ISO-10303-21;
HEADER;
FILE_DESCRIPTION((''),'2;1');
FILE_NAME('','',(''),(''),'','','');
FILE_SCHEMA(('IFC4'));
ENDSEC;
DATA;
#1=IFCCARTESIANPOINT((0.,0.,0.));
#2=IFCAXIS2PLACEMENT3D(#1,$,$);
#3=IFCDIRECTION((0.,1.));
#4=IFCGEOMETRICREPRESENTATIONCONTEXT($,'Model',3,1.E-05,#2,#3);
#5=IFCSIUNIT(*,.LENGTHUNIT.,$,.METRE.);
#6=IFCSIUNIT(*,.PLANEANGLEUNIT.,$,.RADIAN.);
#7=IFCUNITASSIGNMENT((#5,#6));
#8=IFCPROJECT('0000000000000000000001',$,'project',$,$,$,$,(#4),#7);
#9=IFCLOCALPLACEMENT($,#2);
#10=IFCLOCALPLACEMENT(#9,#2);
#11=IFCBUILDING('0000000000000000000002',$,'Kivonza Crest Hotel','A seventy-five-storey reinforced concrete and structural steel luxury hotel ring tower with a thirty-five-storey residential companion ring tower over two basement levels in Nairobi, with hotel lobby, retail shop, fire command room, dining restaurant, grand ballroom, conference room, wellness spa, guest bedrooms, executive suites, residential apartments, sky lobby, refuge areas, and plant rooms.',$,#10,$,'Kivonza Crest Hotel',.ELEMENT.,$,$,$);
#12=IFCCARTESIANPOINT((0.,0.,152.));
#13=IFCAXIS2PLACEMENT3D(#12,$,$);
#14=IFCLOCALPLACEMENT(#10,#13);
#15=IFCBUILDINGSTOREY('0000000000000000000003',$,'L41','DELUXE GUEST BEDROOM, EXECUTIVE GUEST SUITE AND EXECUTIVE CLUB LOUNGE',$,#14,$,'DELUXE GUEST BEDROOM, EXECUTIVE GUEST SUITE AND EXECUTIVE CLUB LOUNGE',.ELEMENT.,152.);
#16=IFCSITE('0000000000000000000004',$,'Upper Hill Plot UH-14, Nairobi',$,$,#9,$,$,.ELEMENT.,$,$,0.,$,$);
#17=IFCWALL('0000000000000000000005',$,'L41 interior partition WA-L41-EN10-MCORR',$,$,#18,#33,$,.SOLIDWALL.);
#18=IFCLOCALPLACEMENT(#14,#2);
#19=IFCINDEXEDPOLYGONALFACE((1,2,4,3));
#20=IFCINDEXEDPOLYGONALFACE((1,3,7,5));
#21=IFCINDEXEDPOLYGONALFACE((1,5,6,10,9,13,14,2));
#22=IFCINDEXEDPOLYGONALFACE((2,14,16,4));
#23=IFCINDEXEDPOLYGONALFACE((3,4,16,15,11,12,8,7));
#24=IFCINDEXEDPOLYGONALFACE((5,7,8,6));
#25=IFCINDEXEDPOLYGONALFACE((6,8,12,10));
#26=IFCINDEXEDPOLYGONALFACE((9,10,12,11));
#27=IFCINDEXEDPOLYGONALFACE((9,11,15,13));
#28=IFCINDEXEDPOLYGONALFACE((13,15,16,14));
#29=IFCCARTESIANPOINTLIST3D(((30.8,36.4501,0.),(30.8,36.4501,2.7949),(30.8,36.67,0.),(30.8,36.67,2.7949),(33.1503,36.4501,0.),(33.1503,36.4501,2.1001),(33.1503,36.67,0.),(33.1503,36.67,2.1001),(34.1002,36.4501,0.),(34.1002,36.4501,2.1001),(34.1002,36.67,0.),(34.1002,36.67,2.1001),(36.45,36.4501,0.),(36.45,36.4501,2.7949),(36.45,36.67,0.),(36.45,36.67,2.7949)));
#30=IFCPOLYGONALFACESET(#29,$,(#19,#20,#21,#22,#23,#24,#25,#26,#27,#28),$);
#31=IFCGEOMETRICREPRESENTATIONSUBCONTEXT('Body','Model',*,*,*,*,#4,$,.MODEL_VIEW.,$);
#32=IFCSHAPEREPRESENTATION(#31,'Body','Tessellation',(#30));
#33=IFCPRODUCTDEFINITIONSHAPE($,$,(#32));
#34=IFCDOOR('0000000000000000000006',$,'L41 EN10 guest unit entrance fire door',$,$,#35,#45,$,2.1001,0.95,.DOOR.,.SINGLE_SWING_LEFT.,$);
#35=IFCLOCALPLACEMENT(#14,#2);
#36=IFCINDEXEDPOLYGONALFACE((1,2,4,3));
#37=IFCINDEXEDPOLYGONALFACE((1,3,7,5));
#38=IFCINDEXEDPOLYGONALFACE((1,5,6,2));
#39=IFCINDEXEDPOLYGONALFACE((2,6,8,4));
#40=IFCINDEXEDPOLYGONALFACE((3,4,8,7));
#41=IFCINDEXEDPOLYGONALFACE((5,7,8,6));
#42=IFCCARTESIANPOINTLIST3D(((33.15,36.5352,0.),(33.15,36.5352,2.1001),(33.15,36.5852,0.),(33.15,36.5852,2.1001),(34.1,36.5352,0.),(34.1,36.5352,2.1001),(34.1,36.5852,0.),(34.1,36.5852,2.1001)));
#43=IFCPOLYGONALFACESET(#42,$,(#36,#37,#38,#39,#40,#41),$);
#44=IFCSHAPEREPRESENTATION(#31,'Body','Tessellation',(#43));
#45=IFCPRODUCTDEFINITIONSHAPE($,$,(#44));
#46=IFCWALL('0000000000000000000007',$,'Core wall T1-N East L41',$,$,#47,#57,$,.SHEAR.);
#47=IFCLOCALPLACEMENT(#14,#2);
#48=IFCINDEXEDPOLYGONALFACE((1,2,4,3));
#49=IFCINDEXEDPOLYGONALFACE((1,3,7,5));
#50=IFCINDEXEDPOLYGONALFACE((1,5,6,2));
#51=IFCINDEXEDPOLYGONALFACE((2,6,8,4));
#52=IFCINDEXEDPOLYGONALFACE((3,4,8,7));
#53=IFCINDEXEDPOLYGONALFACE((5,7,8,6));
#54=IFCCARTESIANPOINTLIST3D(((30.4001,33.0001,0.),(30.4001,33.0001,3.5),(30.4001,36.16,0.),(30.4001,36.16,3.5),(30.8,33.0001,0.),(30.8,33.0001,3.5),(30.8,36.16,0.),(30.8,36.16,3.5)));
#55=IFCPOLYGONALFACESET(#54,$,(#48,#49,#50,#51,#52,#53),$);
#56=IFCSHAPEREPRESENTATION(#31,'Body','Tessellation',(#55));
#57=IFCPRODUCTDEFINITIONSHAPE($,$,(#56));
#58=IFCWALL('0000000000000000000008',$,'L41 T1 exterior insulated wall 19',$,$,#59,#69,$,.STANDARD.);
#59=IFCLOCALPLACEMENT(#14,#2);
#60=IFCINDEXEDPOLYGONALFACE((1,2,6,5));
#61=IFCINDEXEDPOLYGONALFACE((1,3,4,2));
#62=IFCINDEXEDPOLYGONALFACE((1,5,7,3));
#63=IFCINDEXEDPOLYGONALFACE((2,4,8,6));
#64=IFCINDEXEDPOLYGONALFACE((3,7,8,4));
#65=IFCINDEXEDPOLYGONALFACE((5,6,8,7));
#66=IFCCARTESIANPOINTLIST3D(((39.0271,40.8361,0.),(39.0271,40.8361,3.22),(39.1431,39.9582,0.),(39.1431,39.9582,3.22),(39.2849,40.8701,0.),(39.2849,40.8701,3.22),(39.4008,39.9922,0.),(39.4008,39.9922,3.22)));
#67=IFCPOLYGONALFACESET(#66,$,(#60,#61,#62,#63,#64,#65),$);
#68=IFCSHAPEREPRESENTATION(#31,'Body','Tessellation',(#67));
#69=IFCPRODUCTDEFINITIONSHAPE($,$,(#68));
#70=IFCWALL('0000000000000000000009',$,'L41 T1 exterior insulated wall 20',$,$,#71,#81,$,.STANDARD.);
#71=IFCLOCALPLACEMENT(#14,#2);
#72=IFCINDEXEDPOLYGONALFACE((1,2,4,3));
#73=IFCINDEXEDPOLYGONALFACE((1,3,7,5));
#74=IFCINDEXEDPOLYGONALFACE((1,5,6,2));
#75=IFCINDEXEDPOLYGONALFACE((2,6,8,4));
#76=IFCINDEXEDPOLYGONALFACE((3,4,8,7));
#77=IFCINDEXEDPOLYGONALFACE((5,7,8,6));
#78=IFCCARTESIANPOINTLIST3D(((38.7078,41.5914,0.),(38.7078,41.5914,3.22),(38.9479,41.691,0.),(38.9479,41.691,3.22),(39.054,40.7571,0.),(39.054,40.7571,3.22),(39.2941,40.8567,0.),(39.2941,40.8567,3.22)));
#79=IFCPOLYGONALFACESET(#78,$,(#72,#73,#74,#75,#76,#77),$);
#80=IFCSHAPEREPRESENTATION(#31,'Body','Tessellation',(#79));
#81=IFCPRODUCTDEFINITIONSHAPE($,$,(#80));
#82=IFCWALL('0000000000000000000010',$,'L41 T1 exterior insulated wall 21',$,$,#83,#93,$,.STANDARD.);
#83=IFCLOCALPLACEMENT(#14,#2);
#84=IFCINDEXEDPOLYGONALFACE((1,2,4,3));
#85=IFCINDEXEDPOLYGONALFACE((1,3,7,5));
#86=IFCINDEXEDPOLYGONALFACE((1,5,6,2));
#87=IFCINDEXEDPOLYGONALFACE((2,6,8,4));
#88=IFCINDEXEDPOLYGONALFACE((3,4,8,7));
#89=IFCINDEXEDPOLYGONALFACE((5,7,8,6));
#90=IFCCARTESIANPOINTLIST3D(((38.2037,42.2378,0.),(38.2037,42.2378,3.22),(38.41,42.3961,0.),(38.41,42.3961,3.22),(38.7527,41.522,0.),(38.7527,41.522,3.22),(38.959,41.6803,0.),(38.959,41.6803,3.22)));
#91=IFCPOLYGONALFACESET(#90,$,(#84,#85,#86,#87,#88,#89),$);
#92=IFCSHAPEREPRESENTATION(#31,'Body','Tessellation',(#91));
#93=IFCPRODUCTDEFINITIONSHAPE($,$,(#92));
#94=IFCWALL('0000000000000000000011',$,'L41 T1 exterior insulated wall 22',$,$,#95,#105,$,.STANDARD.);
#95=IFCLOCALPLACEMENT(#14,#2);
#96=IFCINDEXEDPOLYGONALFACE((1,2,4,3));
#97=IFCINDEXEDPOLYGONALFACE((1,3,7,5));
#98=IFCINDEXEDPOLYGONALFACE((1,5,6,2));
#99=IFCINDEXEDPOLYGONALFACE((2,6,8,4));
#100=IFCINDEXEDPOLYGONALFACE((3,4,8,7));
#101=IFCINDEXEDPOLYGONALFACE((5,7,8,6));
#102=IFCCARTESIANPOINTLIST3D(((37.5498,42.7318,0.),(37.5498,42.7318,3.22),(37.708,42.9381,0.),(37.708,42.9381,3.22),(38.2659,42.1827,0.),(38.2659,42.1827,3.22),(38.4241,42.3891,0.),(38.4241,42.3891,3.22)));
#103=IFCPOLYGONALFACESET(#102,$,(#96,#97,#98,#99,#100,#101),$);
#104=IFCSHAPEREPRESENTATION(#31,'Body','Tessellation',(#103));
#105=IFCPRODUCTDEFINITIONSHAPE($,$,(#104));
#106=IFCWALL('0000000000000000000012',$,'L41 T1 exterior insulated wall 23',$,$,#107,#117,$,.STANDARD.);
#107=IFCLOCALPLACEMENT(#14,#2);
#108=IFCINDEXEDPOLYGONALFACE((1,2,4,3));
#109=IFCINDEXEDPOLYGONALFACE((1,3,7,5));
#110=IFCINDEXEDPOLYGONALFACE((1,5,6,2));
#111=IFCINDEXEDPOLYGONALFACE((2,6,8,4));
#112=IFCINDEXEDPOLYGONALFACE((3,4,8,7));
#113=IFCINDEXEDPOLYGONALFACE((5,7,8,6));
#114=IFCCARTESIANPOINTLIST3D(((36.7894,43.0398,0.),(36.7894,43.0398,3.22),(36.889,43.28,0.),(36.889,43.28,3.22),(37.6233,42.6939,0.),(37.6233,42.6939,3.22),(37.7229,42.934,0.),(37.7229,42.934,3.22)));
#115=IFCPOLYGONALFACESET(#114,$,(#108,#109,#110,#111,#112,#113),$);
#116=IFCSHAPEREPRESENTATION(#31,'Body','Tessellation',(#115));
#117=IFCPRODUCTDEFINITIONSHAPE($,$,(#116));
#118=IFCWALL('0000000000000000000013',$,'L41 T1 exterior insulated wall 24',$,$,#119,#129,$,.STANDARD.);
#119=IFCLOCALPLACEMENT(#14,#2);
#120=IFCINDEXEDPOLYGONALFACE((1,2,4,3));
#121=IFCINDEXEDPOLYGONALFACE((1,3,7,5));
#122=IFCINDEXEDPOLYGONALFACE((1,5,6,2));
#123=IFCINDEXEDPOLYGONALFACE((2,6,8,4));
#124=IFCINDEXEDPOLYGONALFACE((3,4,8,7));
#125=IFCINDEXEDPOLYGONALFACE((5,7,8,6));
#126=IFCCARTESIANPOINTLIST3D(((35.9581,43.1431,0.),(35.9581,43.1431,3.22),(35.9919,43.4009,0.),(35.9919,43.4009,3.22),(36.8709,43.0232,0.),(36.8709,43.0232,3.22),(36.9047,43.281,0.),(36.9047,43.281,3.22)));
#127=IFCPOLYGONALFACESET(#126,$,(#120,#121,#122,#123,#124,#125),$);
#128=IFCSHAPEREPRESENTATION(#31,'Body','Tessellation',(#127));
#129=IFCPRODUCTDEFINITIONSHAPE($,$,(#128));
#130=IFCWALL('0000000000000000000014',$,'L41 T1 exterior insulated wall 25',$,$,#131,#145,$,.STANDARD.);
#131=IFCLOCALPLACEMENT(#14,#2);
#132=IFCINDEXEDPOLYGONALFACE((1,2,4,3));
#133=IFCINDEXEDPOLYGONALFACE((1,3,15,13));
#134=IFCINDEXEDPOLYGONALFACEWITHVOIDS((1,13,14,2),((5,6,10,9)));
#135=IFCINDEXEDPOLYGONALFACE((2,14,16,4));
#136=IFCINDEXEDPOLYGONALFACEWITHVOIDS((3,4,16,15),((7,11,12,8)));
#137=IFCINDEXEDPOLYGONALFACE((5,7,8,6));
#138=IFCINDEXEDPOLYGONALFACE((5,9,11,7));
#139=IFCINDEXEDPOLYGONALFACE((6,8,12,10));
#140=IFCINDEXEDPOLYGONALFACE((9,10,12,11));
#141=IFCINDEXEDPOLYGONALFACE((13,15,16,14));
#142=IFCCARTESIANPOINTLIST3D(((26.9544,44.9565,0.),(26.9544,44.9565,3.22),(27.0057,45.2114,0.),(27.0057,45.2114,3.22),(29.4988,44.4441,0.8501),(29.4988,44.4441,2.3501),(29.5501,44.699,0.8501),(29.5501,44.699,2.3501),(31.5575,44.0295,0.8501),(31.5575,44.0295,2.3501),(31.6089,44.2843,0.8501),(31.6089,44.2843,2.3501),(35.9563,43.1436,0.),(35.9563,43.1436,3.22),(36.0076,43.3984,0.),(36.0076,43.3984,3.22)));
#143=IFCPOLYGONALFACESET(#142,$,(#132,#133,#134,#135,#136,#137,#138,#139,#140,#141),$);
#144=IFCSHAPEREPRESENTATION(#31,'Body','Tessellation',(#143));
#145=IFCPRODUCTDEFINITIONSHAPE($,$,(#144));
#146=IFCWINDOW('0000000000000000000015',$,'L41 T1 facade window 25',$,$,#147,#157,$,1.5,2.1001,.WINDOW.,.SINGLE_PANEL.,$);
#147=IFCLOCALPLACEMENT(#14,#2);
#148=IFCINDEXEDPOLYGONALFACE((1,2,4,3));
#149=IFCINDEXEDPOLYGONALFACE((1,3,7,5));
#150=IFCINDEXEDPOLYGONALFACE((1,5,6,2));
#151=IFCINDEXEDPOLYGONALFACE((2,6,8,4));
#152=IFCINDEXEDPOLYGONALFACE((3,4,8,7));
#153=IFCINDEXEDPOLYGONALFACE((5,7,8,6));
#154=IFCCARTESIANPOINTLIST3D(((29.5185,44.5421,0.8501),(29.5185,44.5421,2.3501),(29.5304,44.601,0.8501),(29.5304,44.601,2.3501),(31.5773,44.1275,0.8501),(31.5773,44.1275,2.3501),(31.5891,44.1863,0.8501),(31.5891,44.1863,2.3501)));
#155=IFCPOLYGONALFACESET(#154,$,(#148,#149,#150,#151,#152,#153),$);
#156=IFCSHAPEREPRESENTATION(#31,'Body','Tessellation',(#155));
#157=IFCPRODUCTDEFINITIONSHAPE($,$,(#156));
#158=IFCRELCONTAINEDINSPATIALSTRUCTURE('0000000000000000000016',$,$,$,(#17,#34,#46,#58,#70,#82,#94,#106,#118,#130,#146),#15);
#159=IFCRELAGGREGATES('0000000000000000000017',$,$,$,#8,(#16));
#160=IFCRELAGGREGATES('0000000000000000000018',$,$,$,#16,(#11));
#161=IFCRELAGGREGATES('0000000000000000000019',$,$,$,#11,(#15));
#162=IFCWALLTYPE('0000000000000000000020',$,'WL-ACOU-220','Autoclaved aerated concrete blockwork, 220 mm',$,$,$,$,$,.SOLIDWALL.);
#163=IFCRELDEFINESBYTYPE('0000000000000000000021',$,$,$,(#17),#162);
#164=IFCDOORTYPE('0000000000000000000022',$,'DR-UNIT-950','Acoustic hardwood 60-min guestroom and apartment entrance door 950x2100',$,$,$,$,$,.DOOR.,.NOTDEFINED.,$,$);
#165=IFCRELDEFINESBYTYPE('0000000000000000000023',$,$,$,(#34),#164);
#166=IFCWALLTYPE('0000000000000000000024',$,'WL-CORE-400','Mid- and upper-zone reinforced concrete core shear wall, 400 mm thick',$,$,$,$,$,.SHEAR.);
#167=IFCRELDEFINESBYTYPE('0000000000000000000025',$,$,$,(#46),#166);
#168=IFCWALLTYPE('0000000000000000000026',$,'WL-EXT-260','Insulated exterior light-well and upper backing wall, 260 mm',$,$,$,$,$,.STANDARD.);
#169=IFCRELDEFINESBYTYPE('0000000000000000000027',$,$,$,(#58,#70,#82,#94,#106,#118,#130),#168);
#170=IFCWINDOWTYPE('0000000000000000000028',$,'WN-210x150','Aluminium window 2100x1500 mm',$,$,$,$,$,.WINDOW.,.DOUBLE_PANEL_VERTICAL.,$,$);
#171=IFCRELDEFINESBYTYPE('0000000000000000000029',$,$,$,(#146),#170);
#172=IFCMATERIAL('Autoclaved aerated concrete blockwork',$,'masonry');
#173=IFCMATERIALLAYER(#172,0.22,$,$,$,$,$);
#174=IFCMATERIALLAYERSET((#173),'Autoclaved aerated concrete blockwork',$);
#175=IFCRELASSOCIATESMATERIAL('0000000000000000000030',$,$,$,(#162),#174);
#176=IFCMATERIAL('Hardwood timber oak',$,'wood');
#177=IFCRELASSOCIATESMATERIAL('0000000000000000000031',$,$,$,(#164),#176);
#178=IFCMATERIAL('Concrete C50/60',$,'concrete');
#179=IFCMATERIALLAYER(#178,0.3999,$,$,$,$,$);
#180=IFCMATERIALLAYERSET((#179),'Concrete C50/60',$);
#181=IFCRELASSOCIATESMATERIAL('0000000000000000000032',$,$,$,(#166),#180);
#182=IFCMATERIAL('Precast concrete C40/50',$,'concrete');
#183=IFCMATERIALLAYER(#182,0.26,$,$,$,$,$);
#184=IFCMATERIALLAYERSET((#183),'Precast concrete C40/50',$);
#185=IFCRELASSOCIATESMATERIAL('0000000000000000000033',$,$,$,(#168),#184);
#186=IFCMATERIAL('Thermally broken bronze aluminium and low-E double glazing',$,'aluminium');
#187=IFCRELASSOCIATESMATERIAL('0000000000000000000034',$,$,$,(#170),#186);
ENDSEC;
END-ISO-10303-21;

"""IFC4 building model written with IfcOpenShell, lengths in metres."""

from ifc_helpers import new_model, si_unit, direction, frame, frame_2d, origin, place, context, subcontext, project, spatial, rectangle, extrude, material, layer, layer_set, type_object, element, fill, save


model = new_model("IFC4")

# Units and contexts
model_context = context("Model", 3, precision=1e-05, world=origin(), true_north=direction((0.0, 1.0)))
body_context = subcontext(model_context, "Body", "Model", "MODEL_VIEW")
ifc_project = project(units=[si_unit("LENGTHUNIT", "METRE"), si_unit("PLANEANGLEUNIT", "RADIAN")], contexts=[model_context])

# Site, building, storey
site_placement = place(None, origin())
site = spatial("IfcSite", under=ifc_project, at=site_placement, Name="Upper Hill Plot UH-14, Nairobi", CompositionType="ELEMENT", RefElevation=0.0)
building_placement = place(site_placement, origin())
building = spatial("IfcBuilding", under=site, at=building_placement, Name="Kivonza Crest Hotel", Description="A seventy-five-storey reinforced concrete and structural steel luxury hotel ring tower with a thirty-five-storey residential companion ring tower over two basement levels in Nairobi, with hotel lobby, retail shop, fire command room, dining restaurant, grand ballroom, conference room, wellness spa, guest bedrooms, executive suites, residential apartments, sky lobby, refuge areas, and plant rooms.", LongName="Kivonza Crest Hotel", CompositionType="ELEMENT")
storey_placement = place(building_placement, frame((0.0, 0.0, 152.0)))
storey = spatial("IfcBuildingStorey", under=building, at=storey_placement, Name="L41", Description="DELUXE GUEST BEDROOM, EXECUTIVE GUEST SUITE AND EXECUTIVE CLUB LOUNGE", LongName="DELUXE GUEST BEDROOM, EXECUTIVE GUEST SUITE AND EXECUTIVE CLUB LOUNGE", CompositionType="ELEMENT", Elevation=152.0)

# Shared definitions
ifc_material_1 = material(Name="Concrete C50/60", Category="concrete")

# Shared definitions
ifc_material_2 = material(Name="Autoclaved aerated concrete blockwork", Category="masonry")
ifc_layer_1 = layer(ifc_material_2, 0.22)
ifc_layer_set_1 = layer_set([ifc_layer_1], Name="Autoclaved aerated concrete blockwork")
wall_type_1 = type_object("IfcWallType", Name="WL-ACOU-220", Description="Autoclaved aerated concrete blockwork, 220 mm", PredefinedType="SOLIDWALL", material=ifc_layer_set_1)
ifc_material_3 = material(Name="Hardwood timber oak", Category="wood")

# Wall, opening, door
wall_1_placement = place(storey_placement, frame((30.8, 36.5601, 0.0), z_axis=(0.0, 0.0, 1.0), x_axis=(1.0, 0.0, 0.0)))
wall_1 = element("IfcWall", 1, at=wall_1_placement, inside=storey, type_object=wall_type_1, Name="L41 interior partition WA-L41-EN10-MCORR", PredefinedType="SOLIDWALL", context=body_context, shape_type="SweptSolid", body=[
    extrude(rectangle(XDim=5.6499, YDim=0.22, at=frame_2d((2.825, 0.0))), origin(), (0.0, 0.0, 1.0), 2.7949),
])
opening_1_placement = place(wall_1_placement, frame((2.3501, 0.0, 0.0)))
opening_1 = element("IfcOpeningElement", 2, at=opening_1_placement, cuts=wall_1, PredefinedType="OPENING", context=body_context, shape_type="SweptSolid", body=[
    extrude(rectangle(XDim=0.95, YDim=2.1001, at=frame_2d((0.4751, 1.05))), frame((0.0, 0.1201, 0.0), z_axis=(0.0, -1.0, 0.0), x_axis=(1.0, 0.0, 0.0)), (0.0, 0.0, 1.0), 0.24),
])
door_type_1 = type_object("IfcDoorType", Name="DR-UNIT-950", Description="Acoustic hardwood 60-min guestroom and apartment entrance door 950x2100", OperationType="NOTDEFINED", PredefinedType="DOOR", material=ifc_material_3)
door_1_placement = place(opening_1_placement, frame((0.95, 0.0, 0.0), z_axis=(0.0, 0.0, 1.0), x_axis=(-1.0, 0.0, 0.0)))
door_1 = element("IfcDoor", 3, at=door_1_placement, inside=storey, type_object=door_type_1, Name="L41 EN10 guest unit entrance fire door", OperationType="SINGLE_SWING_LEFT", OverallHeight=2.1001, OverallWidth=0.95, PredefinedType="DOOR", context=body_context, shape_type="SweptSolid", body=[
    extrude(rectangle(XDim=0.95, YDim=2.1001, at=frame_2d((0.4751, 1.05))), frame((0.0, 0.0249, 0.0), z_axis=(0.0, -1.0, 0.0), x_axis=(1.0, 0.0, 0.0)), (0.0, 0.0, 1.0), 0.05),
])
fill(opening_1, door_1)

# Walls
ifc_layer_2 = layer(ifc_material_1, 0.3999)
ifc_layer_set_2 = layer_set([ifc_layer_2], Name="Concrete C50/60")
wall_type_2 = type_object("IfcWallType", Name="WL-CORE-400", Description="Mid- and upper-zone reinforced concrete core shear wall, 400 mm thick", PredefinedType="SHEAR", material=ifc_layer_set_2)
wall_2_placement = place(storey_placement, frame((30.6001, 33.0, 0.0), z_axis=(0.0, 0.0, 1.0), x_axis=(0.0, 1.0, 0.0)))
element("IfcWall", 4, at=wall_2_placement, inside=storey, type_object=wall_type_2, Name="Core wall T1-N East L41", PredefinedType="SHEAR", context=body_context, shape_type="SweptSolid", body=[
    extrude(rectangle(XDim=3.1599, YDim=0.3999, at=frame_2d((1.5801, 0.0))), origin(), (0.0, 0.0, 1.0), 3.5),
])
ifc_material_4 = material(Name="Precast concrete C40/50", Category="concrete")
ifc_layer_3 = layer(ifc_material_4, 0.26)
ifc_layer_set_3 = layer_set([ifc_layer_3], Name="Precast concrete C40/50")
wall_type_3 = type_object("IfcWallType", Name="WL-EXT-260", Description="Insulated exterior light-well and upper backing wall, 260 mm", PredefinedType="STANDARD", material=ifc_layer_set_3)
wall_3_placement = place(storey_placement, frame((39.272, 39.9751, 0.0), z_axis=(0.0, 0.0, 1.0), x_axis=(-0.130954, 0.991388, 0.0)))
element("IfcWall", 5, at=wall_3_placement, inside=storey, type_object=wall_type_3, Name="L41 T1 exterior insulated wall 19", PredefinedType="STANDARD", context=body_context, shape_type="SweptSolid", body=[
    extrude(rectangle(XDim=0.8855, YDim=0.26, at=frame_2d((0.4429, 0.0))), origin(), (0.0, 0.0, 1.0), 3.22),
])
wall_4_placement = place(storey_placement, frame((39.1741, 40.8069, 0.0), z_axis=(0.0, 0.0, 1.0), x_axis=(-0.383291, 0.923628, 0.0)))
element("IfcWall", 6, at=wall_4_placement, inside=storey, type_object=wall_type_3, Name="L41 T1 exterior insulated wall 20", PredefinedType="STANDARD", context=body_context, shape_type="SweptSolid", body=[
    extrude(rectangle(XDim=0.9033, YDim=0.26, at=frame_2d((0.4517, 0.0))), origin(), (0.0, 0.0, 1.0), 3.22),
])
wall_5_placement = place(storey_placement, frame((38.856, 41.6011, 0.0), z_axis=(0.0, 0.0, 1.0), x_axis=(-0.608625, 0.793458, 0.0)))
element("IfcWall", 7, at=wall_5_placement, inside=storey, type_object=wall_type_3, Name="L41 T1 exterior insulated wall 21", PredefinedType="STANDARD", context=body_context, shape_type="SweptSolid", body=[
    extrude(rectangle(XDim=0.9021, YDim=0.26, at=frame_2d((0.4512, 0.0))), origin(), (0.0, 0.0, 1.0), 3.22),
])
wall_6_placement = place(storey_placement, frame((38.345, 42.2859, 0.0), z_axis=(0.0, 0.0, 1.0), x_axis=(-0.793558, 0.608494, 0.0)))
element("IfcWall", 8, at=wall_6_placement, inside=storey, type_object=wall_type_3, Name="L41 T1 exterior insulated wall 22", PredefinedType="STANDARD", context=body_context, shape_type="SweptSolid", body=[
    extrude(rectangle(XDim=0.9023, YDim=0.26, at=frame_2d((0.4512, 0.0))), origin(), (0.0, 0.0, 1.0), 3.22),
])
wall_7_placement = place(storey_placement, frame((37.6731, 42.814, 0.0), z_axis=(0.0, 0.0, 1.0), x_axis=(-0.923684, 0.383156, 0.0)))
element("IfcWall", 9, at=wall_7_placement, inside=storey, type_object=wall_type_3, Name="L41 T1 exterior insulated wall 23", PredefinedType="STANDARD", context=body_context, shape_type="SweptSolid", body=[
    extrude(rectangle(XDim=0.9028, YDim=0.26, at=frame_2d((0.4514, 0.0))), origin(), (0.0, 0.0, 1.0), 3.22),
])
wall_8_placement = place(storey_placement, frame((36.8879, 43.1521, 0.0), z_axis=(0.0, 0.0, 1.0), x_axis=(-0.991488, 0.130201, 0.0)))
element("IfcWall", 10, at=wall_8_placement, inside=storey, type_object=wall_type_3, Name="L41 T1 exterior insulated wall 24", PredefinedType="STANDARD", context=body_context, shape_type="SweptSolid", body=[
    extrude(rectangle(XDim=0.9207, YDim=0.26, at=frame_2d((0.4604, 0.0))), origin(), (0.0, 0.0, 1.0), 3.22),
])

# Wall, opening, window
wall_9_placement = place(storey_placement, frame((35.9819, 43.271, 0.0), z_axis=(0.0, 0.0, 1.0), x_axis=(-0.980316, 0.197435, 0.0)))
wall_9 = element("IfcWall", 11, at=wall_9_placement, inside=storey, type_object=wall_type_3, Name="L41 T1 exterior insulated wall 25", PredefinedType="STANDARD", context=body_context, shape_type="SweptSolid", body=[
    extrude(rectangle(XDim=9.1826, YDim=0.26, at=frame_2d((4.5913, 0.0))), origin(), (0.0, 0.0, 1.0), 3.22),
])
opening_2_placement = place(wall_9_placement, frame((4.4871, 0.0, 0.8501)))
opening_2 = element("IfcOpeningElement", 12, at=opening_2_placement, cuts=wall_9, PredefinedType="OPENING", context=body_context, shape_type="SweptSolid", body=[
    extrude(rectangle(XDim=2.1001, YDim=1.5, at=frame_2d((1.05, 0.75))), frame((0.0, 0.1401, 0.0), z_axis=(0.0, -1.0, 0.0), x_axis=(1.0, 0.0, 0.0)), (0.0, 0.0, 1.0), 0.28),
])
ifc_material_5 = material(Name="Thermally broken bronze aluminium and low-E double glazing", Category="aluminium")
window_type = type_object("IfcWindowType", Name="WN-210x150", Description="Aluminium window 2100x1500 mm", PartitioningType="DOUBLE_PANEL_VERTICAL", PredefinedType="WINDOW", material=ifc_material_5)
window_placement = place(opening_2_placement, origin())
window = element("IfcWindow", 13, at=window_placement, inside=storey, type_object=window_type, Name="L41 T1 facade window 25", OverallHeight=1.5, OverallWidth=2.1001, PartitioningType="SINGLE_PANEL", PredefinedType="WINDOW", context=body_context, shape_type="SweptSolid", body=[
    extrude(rectangle(XDim=2.1001, YDim=1.5, at=frame_2d((1.05, 0.75))), frame((0.0, 0.03, 0.0), z_axis=(0.0, -1.0, 0.0), x_axis=(1.0, 0.0, 0.0)), (0.0, 0.0, 1.0), 0.0601),
])
fill(opening_2, window)

save(model, "model.ifc")
